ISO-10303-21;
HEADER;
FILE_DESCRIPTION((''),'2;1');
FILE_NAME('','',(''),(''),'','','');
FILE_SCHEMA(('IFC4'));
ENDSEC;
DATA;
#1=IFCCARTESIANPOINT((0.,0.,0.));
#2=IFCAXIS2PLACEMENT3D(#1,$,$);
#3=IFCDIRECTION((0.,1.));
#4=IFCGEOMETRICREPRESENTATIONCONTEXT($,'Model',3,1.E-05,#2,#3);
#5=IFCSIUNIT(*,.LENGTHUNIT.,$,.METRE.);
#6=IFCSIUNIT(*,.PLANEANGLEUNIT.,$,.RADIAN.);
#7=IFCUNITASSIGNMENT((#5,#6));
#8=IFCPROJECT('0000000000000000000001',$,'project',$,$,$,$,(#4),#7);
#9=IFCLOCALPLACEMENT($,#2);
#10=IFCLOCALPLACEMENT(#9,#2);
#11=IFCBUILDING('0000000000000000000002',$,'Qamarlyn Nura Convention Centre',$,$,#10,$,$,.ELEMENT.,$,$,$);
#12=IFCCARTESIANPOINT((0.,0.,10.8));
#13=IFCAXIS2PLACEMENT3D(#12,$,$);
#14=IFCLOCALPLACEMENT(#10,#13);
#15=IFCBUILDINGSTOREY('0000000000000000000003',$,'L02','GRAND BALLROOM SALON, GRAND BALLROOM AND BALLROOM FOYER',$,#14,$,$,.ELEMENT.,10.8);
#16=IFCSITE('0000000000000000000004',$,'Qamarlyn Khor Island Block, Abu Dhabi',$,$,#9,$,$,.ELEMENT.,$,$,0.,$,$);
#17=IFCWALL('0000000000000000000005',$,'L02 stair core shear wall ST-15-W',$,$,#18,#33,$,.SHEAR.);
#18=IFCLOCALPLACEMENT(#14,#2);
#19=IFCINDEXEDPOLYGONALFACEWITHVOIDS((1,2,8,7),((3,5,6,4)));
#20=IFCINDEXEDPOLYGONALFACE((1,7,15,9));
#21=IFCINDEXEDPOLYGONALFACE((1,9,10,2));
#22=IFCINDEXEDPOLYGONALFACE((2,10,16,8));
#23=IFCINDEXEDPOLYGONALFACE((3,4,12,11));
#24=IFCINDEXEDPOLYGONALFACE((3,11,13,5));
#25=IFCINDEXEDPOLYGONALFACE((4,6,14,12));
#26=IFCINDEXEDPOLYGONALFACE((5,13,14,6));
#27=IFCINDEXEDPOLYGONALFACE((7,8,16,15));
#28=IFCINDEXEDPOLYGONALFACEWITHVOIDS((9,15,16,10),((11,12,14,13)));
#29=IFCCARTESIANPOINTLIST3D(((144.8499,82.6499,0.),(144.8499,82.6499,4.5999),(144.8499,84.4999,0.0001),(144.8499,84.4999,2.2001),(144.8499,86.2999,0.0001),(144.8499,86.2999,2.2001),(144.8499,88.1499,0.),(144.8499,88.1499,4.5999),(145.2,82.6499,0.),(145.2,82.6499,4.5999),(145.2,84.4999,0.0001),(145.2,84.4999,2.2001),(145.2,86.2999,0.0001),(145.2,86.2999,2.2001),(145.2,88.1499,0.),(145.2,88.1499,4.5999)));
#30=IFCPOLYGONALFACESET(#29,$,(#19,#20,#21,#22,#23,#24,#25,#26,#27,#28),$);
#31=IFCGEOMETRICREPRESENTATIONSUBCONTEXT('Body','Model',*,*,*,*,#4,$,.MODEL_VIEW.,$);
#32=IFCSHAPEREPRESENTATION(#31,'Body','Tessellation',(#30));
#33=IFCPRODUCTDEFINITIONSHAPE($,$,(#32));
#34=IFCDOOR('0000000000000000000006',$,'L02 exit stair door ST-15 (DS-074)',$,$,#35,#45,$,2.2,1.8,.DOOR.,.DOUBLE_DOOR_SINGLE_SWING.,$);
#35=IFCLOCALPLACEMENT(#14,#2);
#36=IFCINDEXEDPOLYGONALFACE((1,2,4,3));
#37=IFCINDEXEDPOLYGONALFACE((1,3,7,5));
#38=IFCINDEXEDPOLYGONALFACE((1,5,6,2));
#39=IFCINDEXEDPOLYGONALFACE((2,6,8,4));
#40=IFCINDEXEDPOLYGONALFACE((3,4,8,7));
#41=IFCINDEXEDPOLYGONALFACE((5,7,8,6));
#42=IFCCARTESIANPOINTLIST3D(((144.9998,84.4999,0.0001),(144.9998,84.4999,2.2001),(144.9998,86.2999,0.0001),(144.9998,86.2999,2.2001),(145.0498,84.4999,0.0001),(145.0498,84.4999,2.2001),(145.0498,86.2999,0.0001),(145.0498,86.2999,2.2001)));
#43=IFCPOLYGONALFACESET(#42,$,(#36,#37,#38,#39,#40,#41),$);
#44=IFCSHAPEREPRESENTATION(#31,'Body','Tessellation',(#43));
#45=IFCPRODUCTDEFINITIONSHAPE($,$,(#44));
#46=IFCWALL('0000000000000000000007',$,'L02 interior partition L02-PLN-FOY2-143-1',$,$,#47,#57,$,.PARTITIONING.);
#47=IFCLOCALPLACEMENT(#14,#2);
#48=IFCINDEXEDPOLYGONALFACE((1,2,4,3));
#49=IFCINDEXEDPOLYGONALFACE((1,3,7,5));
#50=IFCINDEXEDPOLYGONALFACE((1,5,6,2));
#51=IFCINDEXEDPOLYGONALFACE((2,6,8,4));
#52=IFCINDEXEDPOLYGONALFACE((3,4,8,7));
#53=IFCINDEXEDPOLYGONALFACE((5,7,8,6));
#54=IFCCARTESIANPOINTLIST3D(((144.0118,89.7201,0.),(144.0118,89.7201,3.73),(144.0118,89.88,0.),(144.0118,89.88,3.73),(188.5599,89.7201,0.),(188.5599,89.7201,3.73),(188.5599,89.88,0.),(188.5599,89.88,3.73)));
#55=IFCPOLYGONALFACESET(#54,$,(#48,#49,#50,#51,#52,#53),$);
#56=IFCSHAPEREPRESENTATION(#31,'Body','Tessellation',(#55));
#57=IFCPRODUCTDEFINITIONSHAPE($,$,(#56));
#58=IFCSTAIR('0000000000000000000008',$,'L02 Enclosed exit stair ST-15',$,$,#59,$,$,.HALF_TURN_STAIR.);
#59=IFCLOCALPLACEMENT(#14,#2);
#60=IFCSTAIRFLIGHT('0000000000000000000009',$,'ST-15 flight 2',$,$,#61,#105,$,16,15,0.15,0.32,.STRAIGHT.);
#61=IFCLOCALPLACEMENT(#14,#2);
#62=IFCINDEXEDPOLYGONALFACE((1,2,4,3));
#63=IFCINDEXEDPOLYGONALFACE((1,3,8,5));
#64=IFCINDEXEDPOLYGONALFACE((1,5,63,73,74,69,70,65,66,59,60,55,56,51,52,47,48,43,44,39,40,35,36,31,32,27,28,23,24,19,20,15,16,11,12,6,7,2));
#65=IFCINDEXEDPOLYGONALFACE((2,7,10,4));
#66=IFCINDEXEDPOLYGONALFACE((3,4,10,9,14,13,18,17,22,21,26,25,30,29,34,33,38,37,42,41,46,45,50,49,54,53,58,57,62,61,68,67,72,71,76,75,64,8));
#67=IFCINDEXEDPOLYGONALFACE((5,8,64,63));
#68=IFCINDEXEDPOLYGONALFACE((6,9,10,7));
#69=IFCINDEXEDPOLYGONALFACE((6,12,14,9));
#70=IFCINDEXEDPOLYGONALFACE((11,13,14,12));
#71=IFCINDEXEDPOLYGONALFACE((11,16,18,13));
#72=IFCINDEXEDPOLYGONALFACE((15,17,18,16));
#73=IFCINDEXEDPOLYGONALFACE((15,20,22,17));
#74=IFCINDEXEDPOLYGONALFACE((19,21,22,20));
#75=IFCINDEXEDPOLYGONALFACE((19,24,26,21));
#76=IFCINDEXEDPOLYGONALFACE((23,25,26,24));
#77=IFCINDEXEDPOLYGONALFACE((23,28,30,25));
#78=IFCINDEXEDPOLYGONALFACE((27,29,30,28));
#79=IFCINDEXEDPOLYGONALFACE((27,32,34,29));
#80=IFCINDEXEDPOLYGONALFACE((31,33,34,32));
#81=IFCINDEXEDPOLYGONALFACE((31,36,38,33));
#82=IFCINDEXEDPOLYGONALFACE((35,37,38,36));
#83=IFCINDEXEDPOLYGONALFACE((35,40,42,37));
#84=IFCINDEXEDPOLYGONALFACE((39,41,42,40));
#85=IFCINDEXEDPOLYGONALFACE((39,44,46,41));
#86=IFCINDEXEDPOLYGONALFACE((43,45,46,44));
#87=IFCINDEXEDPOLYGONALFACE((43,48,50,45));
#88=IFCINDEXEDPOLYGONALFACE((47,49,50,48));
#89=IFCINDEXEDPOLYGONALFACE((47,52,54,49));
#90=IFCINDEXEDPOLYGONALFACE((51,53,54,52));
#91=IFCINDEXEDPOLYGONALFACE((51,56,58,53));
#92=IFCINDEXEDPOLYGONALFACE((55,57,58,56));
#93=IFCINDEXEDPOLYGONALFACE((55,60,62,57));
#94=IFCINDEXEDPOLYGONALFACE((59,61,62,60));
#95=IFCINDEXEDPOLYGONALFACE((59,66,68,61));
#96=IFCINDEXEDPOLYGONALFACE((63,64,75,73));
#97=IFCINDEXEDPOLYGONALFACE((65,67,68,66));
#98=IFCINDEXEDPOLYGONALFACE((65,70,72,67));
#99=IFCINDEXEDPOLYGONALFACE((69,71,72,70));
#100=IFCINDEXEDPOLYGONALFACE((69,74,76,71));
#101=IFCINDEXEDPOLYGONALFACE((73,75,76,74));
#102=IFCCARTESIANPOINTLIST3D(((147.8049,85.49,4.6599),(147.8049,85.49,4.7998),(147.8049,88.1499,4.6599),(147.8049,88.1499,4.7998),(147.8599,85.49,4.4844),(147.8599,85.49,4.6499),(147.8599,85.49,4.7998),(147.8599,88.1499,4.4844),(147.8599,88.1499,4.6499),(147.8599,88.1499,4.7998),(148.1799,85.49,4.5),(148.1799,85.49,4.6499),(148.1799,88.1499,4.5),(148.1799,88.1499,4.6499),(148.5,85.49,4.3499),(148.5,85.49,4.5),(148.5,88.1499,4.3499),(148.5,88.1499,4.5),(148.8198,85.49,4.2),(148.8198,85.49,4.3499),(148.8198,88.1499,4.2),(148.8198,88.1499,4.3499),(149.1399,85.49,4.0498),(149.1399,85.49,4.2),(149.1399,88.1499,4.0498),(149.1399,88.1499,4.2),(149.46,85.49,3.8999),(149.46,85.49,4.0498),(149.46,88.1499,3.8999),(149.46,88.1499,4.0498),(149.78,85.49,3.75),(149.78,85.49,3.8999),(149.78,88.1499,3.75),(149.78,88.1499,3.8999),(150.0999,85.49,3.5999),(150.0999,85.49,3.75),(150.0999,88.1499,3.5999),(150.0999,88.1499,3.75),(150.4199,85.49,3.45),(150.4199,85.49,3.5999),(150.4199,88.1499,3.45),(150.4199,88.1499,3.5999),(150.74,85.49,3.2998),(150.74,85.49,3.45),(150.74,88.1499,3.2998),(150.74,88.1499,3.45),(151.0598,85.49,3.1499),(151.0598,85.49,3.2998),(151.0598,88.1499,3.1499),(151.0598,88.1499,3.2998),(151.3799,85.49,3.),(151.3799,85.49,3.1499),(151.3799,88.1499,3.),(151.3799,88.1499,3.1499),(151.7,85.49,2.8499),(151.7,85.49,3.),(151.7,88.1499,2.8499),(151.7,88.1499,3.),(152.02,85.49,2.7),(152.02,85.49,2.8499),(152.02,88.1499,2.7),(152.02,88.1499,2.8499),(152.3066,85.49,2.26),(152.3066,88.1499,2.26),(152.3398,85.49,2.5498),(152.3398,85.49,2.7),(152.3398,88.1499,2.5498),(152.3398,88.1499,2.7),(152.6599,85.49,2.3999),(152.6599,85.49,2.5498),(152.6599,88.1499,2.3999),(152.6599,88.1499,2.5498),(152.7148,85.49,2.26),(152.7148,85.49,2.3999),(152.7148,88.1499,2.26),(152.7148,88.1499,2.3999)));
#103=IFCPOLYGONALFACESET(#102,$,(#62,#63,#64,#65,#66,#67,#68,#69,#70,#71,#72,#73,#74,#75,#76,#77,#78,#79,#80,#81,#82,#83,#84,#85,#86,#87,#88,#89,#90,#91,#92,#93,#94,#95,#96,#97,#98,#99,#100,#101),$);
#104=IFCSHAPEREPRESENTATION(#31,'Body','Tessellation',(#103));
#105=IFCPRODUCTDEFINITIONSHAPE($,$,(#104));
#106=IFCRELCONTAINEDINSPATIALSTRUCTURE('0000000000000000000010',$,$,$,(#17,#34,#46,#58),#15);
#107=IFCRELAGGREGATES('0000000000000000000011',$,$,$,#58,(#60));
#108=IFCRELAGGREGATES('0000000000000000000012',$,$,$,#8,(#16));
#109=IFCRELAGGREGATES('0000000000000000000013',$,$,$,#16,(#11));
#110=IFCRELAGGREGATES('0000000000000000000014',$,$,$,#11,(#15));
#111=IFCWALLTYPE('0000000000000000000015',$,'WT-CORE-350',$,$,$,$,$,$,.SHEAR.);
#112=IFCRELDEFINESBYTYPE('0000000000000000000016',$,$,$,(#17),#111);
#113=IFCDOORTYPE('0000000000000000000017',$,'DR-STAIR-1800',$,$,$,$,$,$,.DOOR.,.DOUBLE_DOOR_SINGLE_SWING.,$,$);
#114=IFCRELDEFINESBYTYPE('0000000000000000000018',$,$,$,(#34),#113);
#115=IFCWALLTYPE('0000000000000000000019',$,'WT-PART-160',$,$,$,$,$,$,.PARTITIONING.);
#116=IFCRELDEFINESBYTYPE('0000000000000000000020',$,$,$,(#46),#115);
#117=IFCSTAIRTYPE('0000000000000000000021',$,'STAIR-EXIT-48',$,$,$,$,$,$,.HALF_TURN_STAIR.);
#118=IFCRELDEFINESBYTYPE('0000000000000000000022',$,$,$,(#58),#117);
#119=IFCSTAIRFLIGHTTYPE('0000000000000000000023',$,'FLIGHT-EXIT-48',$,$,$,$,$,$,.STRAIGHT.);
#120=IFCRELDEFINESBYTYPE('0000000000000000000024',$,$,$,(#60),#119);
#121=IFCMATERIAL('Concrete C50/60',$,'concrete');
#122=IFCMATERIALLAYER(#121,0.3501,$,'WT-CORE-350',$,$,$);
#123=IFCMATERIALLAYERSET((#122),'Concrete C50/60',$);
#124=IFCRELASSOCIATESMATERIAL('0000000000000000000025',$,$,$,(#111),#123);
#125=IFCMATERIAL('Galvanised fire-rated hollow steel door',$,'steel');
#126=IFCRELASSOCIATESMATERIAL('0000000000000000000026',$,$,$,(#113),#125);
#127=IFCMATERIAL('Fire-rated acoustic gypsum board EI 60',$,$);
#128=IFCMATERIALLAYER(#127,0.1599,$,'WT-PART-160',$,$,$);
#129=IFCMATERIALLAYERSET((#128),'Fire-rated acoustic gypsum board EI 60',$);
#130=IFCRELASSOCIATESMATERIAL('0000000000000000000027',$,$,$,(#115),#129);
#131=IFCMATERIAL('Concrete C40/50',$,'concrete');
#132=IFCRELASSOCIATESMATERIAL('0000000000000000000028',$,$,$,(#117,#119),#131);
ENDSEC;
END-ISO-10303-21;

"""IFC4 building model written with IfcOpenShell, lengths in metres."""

from ifc_helpers import new_model, si_unit, direction, frame, frame_2d, origin, place, context, subcontext, project, spatial, polyline, rectangle, outline, extrude, material, layer, layer_set, type_object, element, fill, aggregate, save


model = new_model("IFC4")

# Units and contexts
model_context = context("Model", 3, precision=1e-05, world=origin(), true_north=direction((0.0, 1.0)))
body_context = subcontext(model_context, "Body", "Model", "MODEL_VIEW")
ifc_project = project(units=[si_unit("LENGTHUNIT", "METRE"), si_unit("PLANEANGLEUNIT", "RADIAN")], contexts=[model_context])

# Site, building, storey
site_placement = place(None, origin())
site = spatial("IfcSite", under=ifc_project, at=site_placement, Name="Qamarlyn Khor Island Block, Abu Dhabi", CompositionType="ELEMENT", RefElevation=0.0)
building_placement = place(site_placement, origin())
building = spatial("IfcBuilding", under=site, at=building_placement, Name="Qamarlyn Nura Convention Centre", CompositionType="ELEMENT")
storey_placement = place(building_placement, frame((0.0, 0.0, 10.8)))
storey = spatial("IfcBuildingStorey", under=building, at=storey_placement, Name="L02", Description="GRAND BALLROOM SALON, GRAND BALLROOM AND BALLROOM FOYER", CompositionType="ELEMENT", Elevation=10.8)

# Wall, opening, door
ifc_material_1 = material(Name="Concrete C50/60", Category="concrete")
ifc_layer_1 = layer(ifc_material_1, 0.3501, Name="WT-CORE-350")
ifc_layer_set_1 = layer_set([ifc_layer_1], Name="Concrete C50/60")
wall_type_1 = type_object("IfcWallType", Name="WT-CORE-350", PredefinedType="SHEAR", material=ifc_layer_set_1)
wall_1_placement = place(storey_placement, frame((145.0249, 88.1499, 0.0), z_axis=(0.0, 0.0, 1.0), x_axis=(0.0, -1.0, 0.0)))
wall_1 = element("IfcWall", 1, at=wall_1_placement, inside=storey, type_object=wall_type_1, Name="L02 stair core shear wall ST-15-W", PredefinedType="SHEAR", context=body_context, shape_type="SweptSolid", body=[
    extrude(rectangle(XDim=5.5, YDim=0.3501, at=frame_2d((2.75, 0.0))), origin(), (0.0, 0.0, 1.0), 4.5999),
])
opening_placement = place(wall_1_placement, frame((1.8501, 0.0, 0.0)))
opening = element("IfcOpeningElement", 2, at=opening_placement, cuts=wall_1, PredefinedType="OPENING", context=body_context, shape_type="SweptSolid", body=[
    extrude(rectangle(XDim=1.8, YDim=2.2, at=frame_2d((0.8999, 1.1001))), frame((0.0, 0.1851, 0.0), z_axis=(0.0, -1.0, 0.0), x_axis=(1.0, 0.0, 0.0)), (0.0, 0.0, 1.0), 0.3701),
])
ifc_material_2 = material(Name="Galvanised fire-rated hollow steel door", Category="steel")
door_type = type_object("IfcDoorType", Name="DR-STAIR-1800", OperationType="DOUBLE_DOOR_SINGLE_SWING", PredefinedType="DOOR", material=ifc_material_2)
door_placement = place(opening_placement, origin())
door = element("IfcDoor", 3, at=door_placement, inside=storey, type_object=door_type, Name="L02 exit stair door ST-15 (DS-074)", OperationType="DOUBLE_DOOR_SINGLE_SWING", OverallHeight=2.2, OverallWidth=1.8, PredefinedType="DOOR", context=body_context, shape_type="SweptSolid", body=[
    extrude(rectangle(XDim=1.8, YDim=2.2, at=frame_2d((0.8999, 1.1001))), frame((0.0, 0.0249, 0.0), z_axis=(0.0, -1.0, 0.0), x_axis=(1.0, 0.0, 0.0)), (0.0, 0.0, 1.0), 0.05),
])
fill(opening, door)

# Wall
ifc_material_3 = material(Name="Fire-rated acoustic gypsum board EI 60")
ifc_layer_2 = layer(ifc_material_3, 0.1599, Name="WT-PART-160")
ifc_layer_set_2 = layer_set([ifc_layer_2], Name="Fire-rated acoustic gypsum board EI 60")
wall_type_2 = type_object("IfcWallType", Name="WT-PART-160", PredefinedType="PARTITIONING", material=ifc_layer_set_2)
wall_2_placement = place(storey_placement, frame((144.012, 89.8, 0.0), z_axis=(0.0, 0.0, 1.0), x_axis=(1.0, 0.0, 0.0)))
element("IfcWall", 4, at=wall_2_placement, inside=storey, type_object=wall_type_2, Name="L02 interior partition L02-PLN-FOY2-143-1", PredefinedType="PARTITIONING", context=body_context, shape_type="SweptSolid", body=[
    extrude(rectangle(XDim=44.5481, YDim=0.1599, at=frame_2d((22.2739, 0.0))), origin(), (0.0, 0.0, 1.0), 3.73),
])

# Stair, stair flight
ifc_material_4 = material(Name="Concrete C40/50", Category="concrete")
stair_type = type_object("IfcStairType", Name="STAIR-EXIT-48", PredefinedType="HALF_TURN_STAIR", material=ifc_material_4)
stair_placement = place(storey_placement, origin())
stair = element("IfcStair", 5, at=stair_placement, inside=storey, type_object=stair_type, Name="L02 Enclosed exit stair ST-15", PredefinedType="HALF_TURN_STAIR")
stair_flight_type = type_object("IfcStairFlightType", Name="FLIGHT-EXIT-48", PredefinedType="STRAIGHT", material=ifc_material_4)
stair_flight_placement = place(storey_placement, frame((152.6599, 86.8201, 2.3999), z_axis=(0.0, 0.0, 1.0), x_axis=(-1.0, 0.0, 0.0)))
stair_flight = element("IfcStairFlight", 6, at=stair_flight_placement, type_object=stair_flight_type, Name="ST-15 flight 2", NumberOfRisers=16, NumberOfTreads=15, PredefinedType="STRAIGHT", RiserHeight=0.15, TreadLength=0.32, context=body_context, shape_type="SweptSolid", body=[
    extrude(outline(polyline([(-0.0549, 0.0), (0.0, 0.0), (0.0, 0.1499), (0.3201, 0.1499), (0.3201, 0.3), (0.6399, 0.3), (0.6399, 0.45), (0.96, 0.45), (0.96, 0.6001), (1.28, 0.6001), (1.28, 0.75), (1.6001, 0.75), (1.6001, 0.8999), (1.9199, 0.8999), (1.9199, 1.05), (2.24, 1.05), (2.24, 1.2), (2.5601, 1.2), (2.5601, 1.3501), (2.8799, 1.3501), (2.8799, 1.5), (3.2, 1.5), (3.2, 1.6499), (3.52, 1.6499), (3.52, 1.8), (3.8401, 1.8), (3.8401, 1.95), (4.1599, 1.95), (4.1599, 2.1001), (4.48, 2.1001), (4.48, 2.25), (4.8, 2.25), (4.8, 2.3999), (4.855, 2.3999), (4.855, 2.26), (4.8, 2.0845), (0.3533, -0.1399), (-0.0549, -0.1399), (-0.0549, 0.0)])), frame((0.0, 1.3301, 0.0), z_axis=(0.0, -1.0, 0.0), x_axis=(1.0, 0.0, 0.0)), (0.0, 0.0, 1.0), 2.6599),
])
aggregate(stair, [stair_flight])

save(model, "model.ifc")
